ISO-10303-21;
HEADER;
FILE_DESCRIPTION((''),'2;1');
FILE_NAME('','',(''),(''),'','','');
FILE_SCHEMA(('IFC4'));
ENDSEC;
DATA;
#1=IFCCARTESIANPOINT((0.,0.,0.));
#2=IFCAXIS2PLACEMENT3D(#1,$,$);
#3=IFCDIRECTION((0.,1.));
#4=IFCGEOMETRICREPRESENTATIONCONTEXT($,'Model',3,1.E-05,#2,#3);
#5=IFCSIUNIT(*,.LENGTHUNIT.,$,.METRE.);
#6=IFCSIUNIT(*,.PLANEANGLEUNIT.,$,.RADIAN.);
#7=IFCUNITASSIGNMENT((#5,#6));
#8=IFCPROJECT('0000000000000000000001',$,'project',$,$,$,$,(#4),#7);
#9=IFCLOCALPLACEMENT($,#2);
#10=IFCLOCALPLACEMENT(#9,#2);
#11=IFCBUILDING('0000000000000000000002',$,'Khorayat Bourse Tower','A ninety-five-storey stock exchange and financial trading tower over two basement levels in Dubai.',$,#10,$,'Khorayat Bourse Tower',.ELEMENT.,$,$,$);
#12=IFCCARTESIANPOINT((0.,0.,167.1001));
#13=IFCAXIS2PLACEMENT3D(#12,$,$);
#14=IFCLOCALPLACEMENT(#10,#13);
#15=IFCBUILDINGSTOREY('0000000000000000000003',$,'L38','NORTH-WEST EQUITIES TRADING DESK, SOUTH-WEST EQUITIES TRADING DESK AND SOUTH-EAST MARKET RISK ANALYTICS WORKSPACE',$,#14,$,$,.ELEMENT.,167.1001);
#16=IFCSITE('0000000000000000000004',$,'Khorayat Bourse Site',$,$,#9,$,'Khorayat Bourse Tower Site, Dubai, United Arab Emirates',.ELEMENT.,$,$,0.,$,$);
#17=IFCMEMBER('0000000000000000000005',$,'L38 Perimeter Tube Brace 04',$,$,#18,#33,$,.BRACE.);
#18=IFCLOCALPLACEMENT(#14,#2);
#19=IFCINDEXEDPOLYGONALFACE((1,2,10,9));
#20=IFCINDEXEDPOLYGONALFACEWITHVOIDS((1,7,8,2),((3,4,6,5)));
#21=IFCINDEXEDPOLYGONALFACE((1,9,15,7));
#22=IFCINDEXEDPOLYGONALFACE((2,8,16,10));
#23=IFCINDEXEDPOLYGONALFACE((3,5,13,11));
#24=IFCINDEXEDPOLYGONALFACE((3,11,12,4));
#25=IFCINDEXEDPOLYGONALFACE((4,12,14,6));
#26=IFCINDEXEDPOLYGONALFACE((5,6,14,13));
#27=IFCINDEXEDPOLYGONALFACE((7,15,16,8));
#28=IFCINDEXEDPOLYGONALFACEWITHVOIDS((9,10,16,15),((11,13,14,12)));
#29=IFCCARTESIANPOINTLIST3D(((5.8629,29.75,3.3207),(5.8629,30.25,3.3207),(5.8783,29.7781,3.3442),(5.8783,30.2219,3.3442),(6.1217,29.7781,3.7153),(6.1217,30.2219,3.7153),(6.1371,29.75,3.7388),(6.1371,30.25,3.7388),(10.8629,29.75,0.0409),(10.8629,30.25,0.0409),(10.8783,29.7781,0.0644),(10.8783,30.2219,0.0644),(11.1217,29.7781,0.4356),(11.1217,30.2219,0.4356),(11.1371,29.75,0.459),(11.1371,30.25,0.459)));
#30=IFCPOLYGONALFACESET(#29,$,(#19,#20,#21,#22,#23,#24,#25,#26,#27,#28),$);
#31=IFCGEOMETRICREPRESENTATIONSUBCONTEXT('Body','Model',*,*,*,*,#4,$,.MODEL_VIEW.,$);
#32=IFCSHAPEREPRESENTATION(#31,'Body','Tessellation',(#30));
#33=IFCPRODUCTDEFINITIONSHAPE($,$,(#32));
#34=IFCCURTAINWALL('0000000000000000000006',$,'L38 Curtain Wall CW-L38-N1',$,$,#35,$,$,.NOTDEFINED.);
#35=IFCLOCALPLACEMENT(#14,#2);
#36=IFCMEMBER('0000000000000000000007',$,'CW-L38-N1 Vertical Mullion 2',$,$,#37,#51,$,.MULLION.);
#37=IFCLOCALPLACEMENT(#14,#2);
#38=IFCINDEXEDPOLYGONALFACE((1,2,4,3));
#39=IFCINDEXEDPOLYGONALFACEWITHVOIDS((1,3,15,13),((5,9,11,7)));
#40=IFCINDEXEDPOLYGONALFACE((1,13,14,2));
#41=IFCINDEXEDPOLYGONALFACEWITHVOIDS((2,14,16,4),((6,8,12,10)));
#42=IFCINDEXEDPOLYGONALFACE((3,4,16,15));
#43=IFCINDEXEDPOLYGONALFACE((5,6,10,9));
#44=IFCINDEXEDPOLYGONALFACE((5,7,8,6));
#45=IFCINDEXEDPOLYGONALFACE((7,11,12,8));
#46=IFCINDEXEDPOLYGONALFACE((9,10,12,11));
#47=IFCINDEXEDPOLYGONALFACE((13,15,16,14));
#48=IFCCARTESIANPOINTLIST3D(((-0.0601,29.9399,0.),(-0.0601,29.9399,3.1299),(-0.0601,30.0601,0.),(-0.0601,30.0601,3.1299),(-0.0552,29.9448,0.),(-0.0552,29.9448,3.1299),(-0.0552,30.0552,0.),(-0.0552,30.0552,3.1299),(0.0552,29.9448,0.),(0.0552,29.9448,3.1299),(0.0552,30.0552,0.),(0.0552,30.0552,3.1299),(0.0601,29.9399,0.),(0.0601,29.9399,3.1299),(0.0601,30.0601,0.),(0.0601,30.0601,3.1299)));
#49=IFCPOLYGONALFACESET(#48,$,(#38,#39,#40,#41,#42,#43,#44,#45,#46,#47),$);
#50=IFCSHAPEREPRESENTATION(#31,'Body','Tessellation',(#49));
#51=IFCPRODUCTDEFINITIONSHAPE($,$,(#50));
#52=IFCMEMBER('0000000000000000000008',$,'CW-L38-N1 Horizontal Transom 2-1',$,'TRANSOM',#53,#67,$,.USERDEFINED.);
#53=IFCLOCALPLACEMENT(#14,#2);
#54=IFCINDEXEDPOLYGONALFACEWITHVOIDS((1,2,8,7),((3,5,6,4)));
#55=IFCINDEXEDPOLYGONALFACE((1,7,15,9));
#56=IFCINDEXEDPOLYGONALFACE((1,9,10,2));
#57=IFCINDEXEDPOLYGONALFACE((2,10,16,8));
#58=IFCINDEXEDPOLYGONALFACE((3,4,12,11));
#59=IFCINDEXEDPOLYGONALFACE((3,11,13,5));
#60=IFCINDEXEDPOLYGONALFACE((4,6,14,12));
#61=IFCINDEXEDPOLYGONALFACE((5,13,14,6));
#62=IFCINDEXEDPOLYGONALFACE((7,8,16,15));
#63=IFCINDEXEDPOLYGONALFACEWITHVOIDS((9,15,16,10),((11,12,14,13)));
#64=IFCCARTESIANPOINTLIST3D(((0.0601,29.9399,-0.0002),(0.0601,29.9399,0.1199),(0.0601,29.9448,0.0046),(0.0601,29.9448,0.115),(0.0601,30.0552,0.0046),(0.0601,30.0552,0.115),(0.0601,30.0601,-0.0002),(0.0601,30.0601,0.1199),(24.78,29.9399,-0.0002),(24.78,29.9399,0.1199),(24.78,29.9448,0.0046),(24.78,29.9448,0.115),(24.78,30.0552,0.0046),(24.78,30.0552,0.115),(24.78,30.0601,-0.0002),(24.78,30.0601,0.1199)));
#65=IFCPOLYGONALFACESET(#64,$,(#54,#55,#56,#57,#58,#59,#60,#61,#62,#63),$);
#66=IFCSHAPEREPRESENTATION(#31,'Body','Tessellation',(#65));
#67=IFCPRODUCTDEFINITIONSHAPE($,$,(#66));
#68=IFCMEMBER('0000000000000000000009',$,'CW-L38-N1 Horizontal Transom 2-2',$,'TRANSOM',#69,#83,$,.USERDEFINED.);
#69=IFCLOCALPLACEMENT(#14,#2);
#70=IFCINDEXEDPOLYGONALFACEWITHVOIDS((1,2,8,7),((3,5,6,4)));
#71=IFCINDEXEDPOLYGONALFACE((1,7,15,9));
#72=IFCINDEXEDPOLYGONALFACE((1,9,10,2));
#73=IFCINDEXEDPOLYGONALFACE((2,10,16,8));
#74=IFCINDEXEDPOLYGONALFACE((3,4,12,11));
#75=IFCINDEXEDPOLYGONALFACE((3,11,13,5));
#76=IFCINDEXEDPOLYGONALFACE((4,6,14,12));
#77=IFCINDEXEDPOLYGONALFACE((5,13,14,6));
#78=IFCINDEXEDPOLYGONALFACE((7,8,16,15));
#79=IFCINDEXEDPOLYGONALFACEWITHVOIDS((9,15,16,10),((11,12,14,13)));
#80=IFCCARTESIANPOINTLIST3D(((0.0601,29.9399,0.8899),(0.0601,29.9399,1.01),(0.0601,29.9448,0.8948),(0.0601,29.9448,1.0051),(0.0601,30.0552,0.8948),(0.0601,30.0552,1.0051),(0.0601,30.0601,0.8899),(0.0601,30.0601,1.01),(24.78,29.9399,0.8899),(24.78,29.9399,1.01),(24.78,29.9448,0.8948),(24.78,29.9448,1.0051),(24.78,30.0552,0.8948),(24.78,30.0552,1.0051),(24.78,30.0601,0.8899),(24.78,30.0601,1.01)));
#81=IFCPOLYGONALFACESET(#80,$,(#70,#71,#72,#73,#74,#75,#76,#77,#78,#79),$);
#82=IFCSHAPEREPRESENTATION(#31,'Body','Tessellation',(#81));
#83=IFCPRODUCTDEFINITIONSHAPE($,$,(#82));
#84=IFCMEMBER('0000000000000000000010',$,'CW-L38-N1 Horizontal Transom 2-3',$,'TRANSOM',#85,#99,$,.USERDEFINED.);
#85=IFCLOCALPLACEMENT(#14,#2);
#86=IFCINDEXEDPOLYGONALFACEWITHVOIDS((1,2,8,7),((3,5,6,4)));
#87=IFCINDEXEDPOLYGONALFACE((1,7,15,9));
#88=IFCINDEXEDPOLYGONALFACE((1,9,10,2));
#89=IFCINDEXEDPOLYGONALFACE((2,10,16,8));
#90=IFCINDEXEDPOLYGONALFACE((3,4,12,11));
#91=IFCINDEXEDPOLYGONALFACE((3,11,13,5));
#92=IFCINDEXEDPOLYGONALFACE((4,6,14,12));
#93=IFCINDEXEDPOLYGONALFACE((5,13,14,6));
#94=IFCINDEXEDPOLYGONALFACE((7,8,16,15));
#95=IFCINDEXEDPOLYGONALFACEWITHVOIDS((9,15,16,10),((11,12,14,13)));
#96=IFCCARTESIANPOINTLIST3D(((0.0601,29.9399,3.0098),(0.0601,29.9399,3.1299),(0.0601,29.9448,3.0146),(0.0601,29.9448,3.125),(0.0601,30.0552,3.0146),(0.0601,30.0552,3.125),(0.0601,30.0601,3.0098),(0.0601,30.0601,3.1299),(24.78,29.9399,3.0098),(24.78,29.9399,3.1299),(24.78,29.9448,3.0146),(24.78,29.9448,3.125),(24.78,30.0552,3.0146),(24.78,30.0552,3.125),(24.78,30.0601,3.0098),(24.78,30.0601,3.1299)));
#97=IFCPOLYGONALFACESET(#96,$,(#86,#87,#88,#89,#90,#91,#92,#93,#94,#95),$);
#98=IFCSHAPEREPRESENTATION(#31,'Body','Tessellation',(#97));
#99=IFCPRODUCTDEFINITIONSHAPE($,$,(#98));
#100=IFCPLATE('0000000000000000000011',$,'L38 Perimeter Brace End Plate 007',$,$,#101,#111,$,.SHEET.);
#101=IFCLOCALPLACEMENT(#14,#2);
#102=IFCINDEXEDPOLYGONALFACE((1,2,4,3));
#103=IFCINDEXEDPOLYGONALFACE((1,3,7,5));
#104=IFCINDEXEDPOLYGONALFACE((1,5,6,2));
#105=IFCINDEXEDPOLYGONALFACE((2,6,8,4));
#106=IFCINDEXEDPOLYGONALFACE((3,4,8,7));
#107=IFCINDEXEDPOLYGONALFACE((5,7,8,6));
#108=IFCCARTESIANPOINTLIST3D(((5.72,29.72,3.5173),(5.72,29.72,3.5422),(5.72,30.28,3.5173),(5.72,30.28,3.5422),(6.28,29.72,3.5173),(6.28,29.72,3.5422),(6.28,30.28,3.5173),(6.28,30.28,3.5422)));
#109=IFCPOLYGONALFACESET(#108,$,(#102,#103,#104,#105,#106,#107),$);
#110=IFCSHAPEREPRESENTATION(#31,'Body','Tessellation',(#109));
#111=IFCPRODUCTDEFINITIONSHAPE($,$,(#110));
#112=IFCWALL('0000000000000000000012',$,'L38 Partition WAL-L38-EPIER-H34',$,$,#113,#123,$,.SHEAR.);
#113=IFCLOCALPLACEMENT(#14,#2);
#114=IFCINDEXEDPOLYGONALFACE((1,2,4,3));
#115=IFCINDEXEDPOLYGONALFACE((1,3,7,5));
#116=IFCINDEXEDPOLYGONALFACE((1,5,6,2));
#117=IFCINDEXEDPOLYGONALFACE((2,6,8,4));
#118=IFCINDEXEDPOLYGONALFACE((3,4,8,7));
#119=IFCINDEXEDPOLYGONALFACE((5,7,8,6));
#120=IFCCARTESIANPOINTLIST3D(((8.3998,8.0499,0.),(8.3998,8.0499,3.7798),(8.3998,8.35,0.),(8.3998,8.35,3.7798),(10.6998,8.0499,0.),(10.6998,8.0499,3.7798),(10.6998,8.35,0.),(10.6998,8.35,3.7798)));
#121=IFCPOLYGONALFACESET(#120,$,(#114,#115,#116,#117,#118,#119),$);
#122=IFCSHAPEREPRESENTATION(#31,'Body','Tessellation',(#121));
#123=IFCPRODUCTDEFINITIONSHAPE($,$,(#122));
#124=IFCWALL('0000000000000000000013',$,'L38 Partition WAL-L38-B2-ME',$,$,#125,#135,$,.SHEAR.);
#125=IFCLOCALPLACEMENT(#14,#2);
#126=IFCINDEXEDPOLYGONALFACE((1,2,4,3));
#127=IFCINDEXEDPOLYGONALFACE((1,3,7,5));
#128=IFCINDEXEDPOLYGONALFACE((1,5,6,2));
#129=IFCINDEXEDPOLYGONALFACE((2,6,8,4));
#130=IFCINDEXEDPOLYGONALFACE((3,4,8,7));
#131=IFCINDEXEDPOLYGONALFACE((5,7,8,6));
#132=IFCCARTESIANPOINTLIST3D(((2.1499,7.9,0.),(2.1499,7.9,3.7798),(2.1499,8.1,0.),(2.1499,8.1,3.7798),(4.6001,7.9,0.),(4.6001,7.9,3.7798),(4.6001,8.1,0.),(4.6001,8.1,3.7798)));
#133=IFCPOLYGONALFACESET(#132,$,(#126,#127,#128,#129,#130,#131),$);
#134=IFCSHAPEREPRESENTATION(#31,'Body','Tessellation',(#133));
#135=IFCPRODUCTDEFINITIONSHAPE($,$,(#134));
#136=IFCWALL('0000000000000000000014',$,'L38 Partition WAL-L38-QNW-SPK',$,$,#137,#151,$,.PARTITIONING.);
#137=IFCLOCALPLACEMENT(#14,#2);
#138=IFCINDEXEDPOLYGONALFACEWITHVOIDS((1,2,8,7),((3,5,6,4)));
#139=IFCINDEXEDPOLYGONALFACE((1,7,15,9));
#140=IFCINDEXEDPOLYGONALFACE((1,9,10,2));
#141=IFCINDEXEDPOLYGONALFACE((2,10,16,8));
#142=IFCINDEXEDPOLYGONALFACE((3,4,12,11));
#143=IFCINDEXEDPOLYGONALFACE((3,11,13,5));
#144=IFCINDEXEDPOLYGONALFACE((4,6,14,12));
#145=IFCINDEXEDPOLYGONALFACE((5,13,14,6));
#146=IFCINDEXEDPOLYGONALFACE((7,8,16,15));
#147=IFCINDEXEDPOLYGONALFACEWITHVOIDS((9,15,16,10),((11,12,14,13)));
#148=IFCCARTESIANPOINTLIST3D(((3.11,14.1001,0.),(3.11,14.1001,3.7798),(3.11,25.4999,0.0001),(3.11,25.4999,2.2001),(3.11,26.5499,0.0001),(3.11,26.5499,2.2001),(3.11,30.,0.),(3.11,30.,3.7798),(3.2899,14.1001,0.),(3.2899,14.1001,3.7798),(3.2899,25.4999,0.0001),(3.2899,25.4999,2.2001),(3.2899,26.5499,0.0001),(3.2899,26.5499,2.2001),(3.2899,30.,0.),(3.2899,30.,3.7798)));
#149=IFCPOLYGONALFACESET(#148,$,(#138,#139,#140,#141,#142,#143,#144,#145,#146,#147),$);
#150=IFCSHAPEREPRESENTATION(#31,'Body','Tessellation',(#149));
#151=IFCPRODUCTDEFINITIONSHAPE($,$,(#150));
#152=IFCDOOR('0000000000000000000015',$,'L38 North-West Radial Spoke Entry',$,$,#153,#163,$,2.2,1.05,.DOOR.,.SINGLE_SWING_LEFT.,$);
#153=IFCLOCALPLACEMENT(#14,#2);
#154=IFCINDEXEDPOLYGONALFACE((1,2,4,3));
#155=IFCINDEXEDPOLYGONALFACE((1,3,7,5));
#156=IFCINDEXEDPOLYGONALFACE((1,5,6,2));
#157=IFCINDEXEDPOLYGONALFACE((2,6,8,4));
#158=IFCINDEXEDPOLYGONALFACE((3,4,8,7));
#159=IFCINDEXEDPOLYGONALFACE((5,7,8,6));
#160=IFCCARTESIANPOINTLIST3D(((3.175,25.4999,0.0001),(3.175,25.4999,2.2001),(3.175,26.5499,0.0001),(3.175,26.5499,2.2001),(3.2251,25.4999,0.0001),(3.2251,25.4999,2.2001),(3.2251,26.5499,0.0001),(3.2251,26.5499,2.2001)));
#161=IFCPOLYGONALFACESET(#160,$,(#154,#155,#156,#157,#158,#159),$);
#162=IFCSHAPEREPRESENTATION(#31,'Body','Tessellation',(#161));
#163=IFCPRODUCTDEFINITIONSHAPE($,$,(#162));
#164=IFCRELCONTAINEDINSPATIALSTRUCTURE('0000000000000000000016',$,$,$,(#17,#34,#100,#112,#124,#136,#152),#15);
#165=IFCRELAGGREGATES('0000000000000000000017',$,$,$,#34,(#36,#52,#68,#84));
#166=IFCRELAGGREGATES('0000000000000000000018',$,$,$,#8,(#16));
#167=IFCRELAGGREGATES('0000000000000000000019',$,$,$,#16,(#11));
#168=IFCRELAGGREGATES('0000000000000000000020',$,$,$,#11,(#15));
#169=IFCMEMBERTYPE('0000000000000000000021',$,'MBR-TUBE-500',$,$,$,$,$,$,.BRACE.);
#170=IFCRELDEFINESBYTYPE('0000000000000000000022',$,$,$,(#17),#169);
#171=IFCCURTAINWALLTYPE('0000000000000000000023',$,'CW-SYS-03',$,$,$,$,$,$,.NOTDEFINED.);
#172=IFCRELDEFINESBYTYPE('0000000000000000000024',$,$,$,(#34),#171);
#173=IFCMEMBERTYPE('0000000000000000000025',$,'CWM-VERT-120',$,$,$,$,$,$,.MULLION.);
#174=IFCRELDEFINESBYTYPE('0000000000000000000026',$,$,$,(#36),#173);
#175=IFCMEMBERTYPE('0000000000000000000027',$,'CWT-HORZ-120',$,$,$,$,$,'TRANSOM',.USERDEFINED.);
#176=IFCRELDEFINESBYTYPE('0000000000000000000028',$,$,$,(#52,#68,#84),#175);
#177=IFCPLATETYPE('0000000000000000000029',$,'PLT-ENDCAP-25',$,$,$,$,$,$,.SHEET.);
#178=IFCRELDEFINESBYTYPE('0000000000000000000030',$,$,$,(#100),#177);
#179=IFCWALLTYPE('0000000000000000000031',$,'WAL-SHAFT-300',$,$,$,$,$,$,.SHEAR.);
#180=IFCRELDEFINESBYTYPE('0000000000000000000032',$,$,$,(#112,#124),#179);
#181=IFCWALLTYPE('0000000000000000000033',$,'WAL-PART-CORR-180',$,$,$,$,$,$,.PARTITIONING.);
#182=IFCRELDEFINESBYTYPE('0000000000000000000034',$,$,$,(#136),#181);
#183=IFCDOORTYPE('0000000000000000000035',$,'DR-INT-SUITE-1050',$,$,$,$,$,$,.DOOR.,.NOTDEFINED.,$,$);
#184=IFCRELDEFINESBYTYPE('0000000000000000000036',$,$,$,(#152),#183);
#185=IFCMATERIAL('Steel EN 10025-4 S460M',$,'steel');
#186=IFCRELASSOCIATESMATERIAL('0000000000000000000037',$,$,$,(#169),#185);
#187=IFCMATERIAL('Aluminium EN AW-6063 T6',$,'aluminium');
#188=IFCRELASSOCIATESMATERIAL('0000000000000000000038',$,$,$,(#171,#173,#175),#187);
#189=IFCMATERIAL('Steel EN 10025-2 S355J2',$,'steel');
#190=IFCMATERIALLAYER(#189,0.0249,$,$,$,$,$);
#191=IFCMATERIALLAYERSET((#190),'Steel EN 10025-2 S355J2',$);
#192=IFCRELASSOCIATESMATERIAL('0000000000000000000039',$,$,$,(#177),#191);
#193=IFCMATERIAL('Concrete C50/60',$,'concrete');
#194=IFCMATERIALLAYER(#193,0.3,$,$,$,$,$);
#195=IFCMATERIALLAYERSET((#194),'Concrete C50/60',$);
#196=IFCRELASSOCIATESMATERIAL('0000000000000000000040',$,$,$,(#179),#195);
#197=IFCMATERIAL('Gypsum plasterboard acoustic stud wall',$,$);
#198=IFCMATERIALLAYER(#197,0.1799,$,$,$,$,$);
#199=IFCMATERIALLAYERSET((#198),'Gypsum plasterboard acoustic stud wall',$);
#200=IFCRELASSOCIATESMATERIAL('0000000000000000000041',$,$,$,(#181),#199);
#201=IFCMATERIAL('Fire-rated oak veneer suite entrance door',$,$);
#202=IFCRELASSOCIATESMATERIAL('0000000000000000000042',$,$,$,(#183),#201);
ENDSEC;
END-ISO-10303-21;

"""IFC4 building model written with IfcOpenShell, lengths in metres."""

from ifc_helpers import new_model, si_unit, direction, frame, frame_2d, origin, origin_2d, place, context, subcontext, project, spatial, rectangle, hollow_rectangle, extrude, source, transform, mapped, material, layer, layer_set, material_profile, profile_set, type_object, element, fill, aggregate, save


model = new_model("IFC4")

# Units and contexts
model_context = context("Model", 3, precision=1e-05, world=origin(), true_north=direction((0.0, 1.0)))
body_context = subcontext(model_context, "Body", "Model", "MODEL_VIEW")
ifc_project = project(units=[si_unit("LENGTHUNIT", "METRE"), si_unit("PLANEANGLEUNIT", "RADIAN")], contexts=[model_context])

# Site, building, storey
site_placement = place(None, origin())
site = spatial("IfcSite", under=ifc_project, at=site_placement, Name="Khorayat Bourse Site", LongName="Khorayat Bourse Tower Site, Dubai, United Arab Emirates", CompositionType="ELEMENT", RefElevation=0.0)
building_placement = place(site_placement, origin())
building = spatial("IfcBuilding", under=site, at=building_placement, Name="Khorayat Bourse Tower", Description="A ninety-five-storey stock exchange and financial trading tower over two basement levels in Dubai.", LongName="Khorayat Bourse Tower", CompositionType="ELEMENT")
storey_placement = place(building_placement, frame((0.0, 0.0, 167.1001)))
storey = spatial("IfcBuildingStorey", under=building, at=storey_placement, Name="L38", Description="NORTH-WEST EQUITIES TRADING DESK, SOUTH-WEST EQUITIES TRADING DESK AND SOUTH-EAST MARKET RISK ANALYTICS WORKSPACE", CompositionType="ELEMENT", Elevation=167.1001)

# Shared definitions
ifc_material_1 = material(Name="Steel EN 10025-4 S460M", Category="steel")

# Member
ifc_material_profile_1 = material_profile(ifc_material_1, hollow_rectangle(XDim=0.5, YDim=0.5, WallThickness=0.0281, at=origin_2d()), Name="HSS 500x500x28")
ifc_profile_set_1 = profile_set([ifc_material_profile_1], Name="Steel EN 10025-4 S460M")
member_type_1 = type_object("IfcMemberType", Name="MBR-TUBE-500", PredefinedType="BRACE", material=ifc_profile_set_1)
shared_shape_1 = source(origin(), body_context, "Body", "SweptSolid", [
    extrude(hollow_rectangle(XDim=0.5, YDim=0.5, WallThickness=0.0281, at=origin_2d()), origin(), (0.0, 0.0, 1.0), 5.9797),
])
member_1_placement = place(storey_placement, frame((6.0, 30.0, 3.5298), z_axis=(0.83616, 0.0, -0.548485), x_axis=(0.0, 1.0, 0.0)))
element("IfcMember", 1, at=member_1_placement, inside=storey, type_object=member_type_1, Name="L38 Perimeter Tube Brace 04", PredefinedType="BRACE", context=body_context, shape_type="MappedRepresentation", body=[
    mapped(shared_shape_1, transform((0.0, 0.0, 0.0), scale=1.0)),
])

# Curtain wall, members
ifc_material_2 = material(Name="Aluminium EN AW-6063 T6", Category="aluminium")
curtain_wall_type = type_object("IfcCurtainWallType", Name="CW-SYS-03", PredefinedType="NOTDEFINED", material=ifc_material_2)
curtain_wall_placement = place(storey_placement, origin())
curtain_wall = element("IfcCurtainWall", 2, at=curtain_wall_placement, inside=storey, type_object=curtain_wall_type, Name="L38 Curtain Wall CW-L38-N1", PredefinedType="NOTDEFINED")
ifc_material_profile_2 = material_profile(ifc_material_2, hollow_rectangle(XDim=0.1201, YDim=0.1201, WallThickness=0.0049, at=origin_2d()), Name="ALU 120x120x5")
ifc_profile_set_2 = profile_set([ifc_material_profile_2], Name="Aluminium EN AW-6063 T6")
member_type_2 = type_object("IfcMemberType", Name="CWM-VERT-120", PredefinedType="MULLION", material=ifc_profile_set_2)
shared_shape_2 = source(origin(), body_context, "Body", "SweptSolid", [
    extrude(hollow_rectangle(XDim=0.1201, YDim=0.1201, WallThickness=0.0049, at=origin_2d()), origin(), (0.0, 0.0, 1.0), 3.1299),
])
member_2_placement = place(storey_placement, frame((0.0, 30.0, 0.0), z_axis=(0.0, 0.0, 1.0), x_axis=(0.0, 1.0, 0.0)))
member_2 = element("IfcMember", 3, at=member_2_placement, type_object=member_type_2, Name="CW-L38-N1 Vertical Mullion 2", PredefinedType="MULLION", context=body_context, shape_type="MappedRepresentation", body=[
    mapped(shared_shape_2, transform((0.0, 0.0, 0.0), scale=1.0)),
])
ifc_material_profile_3 = material_profile(ifc_material_2, hollow_rectangle(XDim=0.1201, YDim=0.1201, WallThickness=0.0049, at=origin_2d()), Name="ALU 120x120x5")
ifc_profile_set_3 = profile_set([ifc_material_profile_3], Name="Aluminium EN AW-6063 T6")
member_type_3 = type_object("IfcMemberType", Name="CWT-HORZ-120", ElementType="TRANSOM", PredefinedType="USERDEFINED", material=ifc_profile_set_3)
shared_shape_3 = source(origin(), body_context, "Body", "SweptSolid", [
    extrude(hollow_rectangle(XDim=0.1201, YDim=0.1201, WallThickness=0.0049, at=origin_2d()), origin(), (0.0, 0.0, 1.0), 24.72),
])
member_3_placement = place(storey_placement, frame((0.0601, 30.0, 0.0598), z_axis=(1.0, 0.0, 0.0), x_axis=(0.0, 1.0, 0.0)))
member_3 = element("IfcMember", 4, at=member_3_placement, type_object=member_type_3, Name="CW-L38-N1 Horizontal Transom 2-1", ObjectType="TRANSOM", PredefinedType="USERDEFINED", context=body_context, shape_type="MappedRepresentation", body=[
    mapped(shared_shape_3, transform((0.0, 0.0, 0.0), scale=1.0)),
])
member_4_placement = place(storey_placement, frame((0.0601, 30.0, 0.95), z_axis=(1.0, 0.0, 0.0), x_axis=(0.0, 1.0, 0.0)))
member_4 = element("IfcMember", 5, at=member_4_placement, type_object=member_type_3, Name="CW-L38-N1 Horizontal Transom 2-2", ObjectType="TRANSOM", PredefinedType="USERDEFINED", context=body_context, shape_type="MappedRepresentation", body=[
    mapped(shared_shape_3, transform((0.0, 0.0, 0.0), scale=1.0)),
])
member_5_placement = place(storey_placement, frame((0.0601, 30.0, 3.0698), z_axis=(1.0, 0.0, 0.0), x_axis=(0.0, 1.0, 0.0)))
member_5 = element("IfcMember", 6, at=member_5_placement, type_object=member_type_3, Name="CW-L38-N1 Horizontal Transom 2-3", ObjectType="TRANSOM", PredefinedType="USERDEFINED", context=body_context, shape_type="MappedRepresentation", body=[
    mapped(shared_shape_3, transform((0.0, 0.0, 0.0), scale=1.0)),
])
aggregate(curtain_wall, [member_2, member_3, member_4, member_5])

# Plate
ifc_material_3 = material(Name="Steel EN 10025-2 S355J2", Category="steel")
ifc_layer_1 = layer(ifc_material_3, 0.0249)
ifc_layer_set_1 = layer_set([ifc_layer_1], Name="Steel EN 10025-2 S355J2")
plate_type = type_object("IfcPlateType", Name="PLT-ENDCAP-25", PredefinedType="SHEET", material=ifc_layer_set_1)
shared_shape_4 = source(origin(), body_context, "Body", "SweptSolid", [
    extrude(rectangle(XDim=0.5601, YDim=0.5601, at=origin_2d()), origin(), (0.0, 0.0, 1.0), 0.0249),
])
plate_placement = place(storey_placement, frame((6.0, 30.0, 3.5173), z_axis=(0.0, 0.0, 1.0), x_axis=(1.0, 0.0, 0.0)))
element("IfcPlate", 7, at=plate_placement, inside=storey, type_object=plate_type, Name="L38 Perimeter Brace End Plate 007", PredefinedType="SHEET", context=body_context, shape_type="MappedRepresentation", body=[
    mapped(shared_shape_4, transform((0.0, 0.0, 0.0), scale=1.0)),
])

# Walls
ifc_material_4 = material(Name="Concrete C50/60", Category="concrete")
ifc_layer_2 = layer(ifc_material_4, 0.3)
ifc_layer_set_2 = layer_set([ifc_layer_2], Name="Concrete C50/60")
wall_type_1 = type_object("IfcWallType", Name="WAL-SHAFT-300", PredefinedType="SHEAR", material=ifc_layer_set_2)
shared_shape_5 = source(origin(), body_context, "Body", "SweptSolid", [
    extrude(rectangle(XDim=2.3, YDim=0.3, at=frame_2d((1.1499, 0.0))), origin(), (0.0, 0.0, 1.0), 3.7798),
])
wall_1_placement = place(storey_placement, frame((8.3999, 8.2, 0.0), z_axis=(0.0, 0.0, 1.0), x_axis=(1.0, 0.0, 0.0)))
element("IfcWall", 8, at=wall_1_placement, inside=storey, type_object=wall_type_1, Name="L38 Partition WAL-L38-EPIER-H34", PredefinedType="SHEAR", context=body_context, shape_type="MappedRepresentation", body=[
    mapped(shared_shape_5, transform((0.0, 0.0, 0.0), scale=1.0)),
])
shared_shape_6 = source(origin(), body_context, "Body", "SweptSolid", [
    extrude(rectangle(XDim=2.4502, YDim=0.2, at=frame_2d((1.2251, 0.0))), origin(), (0.0, 0.0, 1.0), 3.7798),
])
wall_2_placement = place(storey_placement, frame((2.1499, 8.0, 0.0), z_axis=(0.0, 0.0, 1.0), x_axis=(1.0, 0.0, 0.0)))
element("IfcWall", 9, at=wall_2_placement, inside=storey, type_object=wall_type_1, Name="L38 Partition WAL-L38-B2-ME", PredefinedType="SHEAR", context=body_context, shape_type="MappedRepresentation", body=[
    mapped(shared_shape_6, transform((0.0, 0.0, 0.0), scale=1.0)),
])

# Wall, opening, door
ifc_material_5 = material(Name="Gypsum plasterboard acoustic stud wall")
ifc_layer_3 = layer(ifc_material_5, 0.1799)
ifc_layer_set_3 = layer_set([ifc_layer_3], Name="Gypsum plasterboard acoustic stud wall")
wall_type_2 = type_object("IfcWallType", Name="WAL-PART-CORR-180", PredefinedType="PARTITIONING", material=ifc_layer_set_3)
shared_shape_7 = source(origin(), body_context, "Body", "SweptSolid", [
    extrude(rectangle(XDim=15.8999, YDim=0.1799, at=frame_2d((7.95, 0.0))), origin(), (0.0, 0.0, 1.0), 3.7798),
])
wall_3_placement = place(storey_placement, frame((3.2, 14.1001, 0.0), z_axis=(0.0, 0.0, 1.0), x_axis=(0.0, 1.0, 0.0)))
wall_3 = element("IfcWall", 10, at=wall_3_placement, inside=storey, type_object=wall_type_2, Name="L38 Partition WAL-L38-QNW-SPK", PredefinedType="PARTITIONING", context=body_context, shape_type="MappedRepresentation", body=[
    mapped(shared_shape_7, transform((0.0, 0.0, 0.0), scale=1.0)),
])
shared_shape_8 = source(origin(), body_context, "Body", "SweptSolid", [
    extrude(rectangle(XDim=1.05, YDim=2.2, at=frame_2d((0.5249, 1.1001))), frame((0.0, 0.0999, 0.0), z_axis=(0.0, -1.0, 0.0), x_axis=(1.0, 0.0, 0.0)), (0.0, 0.0, 1.0), 0.2),
])
opening_1_placement = place(wall_3_placement, frame((11.3999, 0.0, 0.0)))
opening_1 = element("IfcOpeningElement", 11, at=opening_1_placement, cuts=wall_3, PredefinedType="OPENING", context=body_context, shape_type="MappedRepresentation", body=[
    mapped(shared_shape_8, transform((0.0, 0.0, 0.0), scale=1.0)),
])
ifc_material_6 = material(Name="Fire-rated oak veneer suite entrance door")
door_type_1 = type_object("IfcDoorType", Name="DR-INT-SUITE-1050", OperationType="NOTDEFINED", PredefinedType="DOOR", material=ifc_material_6)
shared_shape_9 = source(origin(), body_context, "Body", "SweptSolid", [
    extrude(rectangle(XDim=1.05, YDim=2.2, at=frame_2d((0.5249, 1.1001))), frame((0.0, 0.0249, 0.0), z_axis=(0.0, -1.0, 0.0), x_axis=(1.0, 0.0, 0.0)), (0.0, 0.0, 1.0), 0.05),
])
door_1_placement = place(opening_1_placement, origin())
door_1 = element("IfcDoor", 12, at=door_1_placement, inside=storey, type_object=door_type_1, Name="L38 North-West Radial Spoke Entry", OperationType="SINGLE_SWING_LEFT", OverallHeight=2.2, OverallWidth=1.05, PredefinedType="DOOR", context=body_context, shape_type="MappedRepresentation", body=[
    mapped(shared_shape_9, transform((0.0, 0.0, 0.0), scale=1.0)),
])
fill(opening_1, door_1)

save(model, "model.ifc")
